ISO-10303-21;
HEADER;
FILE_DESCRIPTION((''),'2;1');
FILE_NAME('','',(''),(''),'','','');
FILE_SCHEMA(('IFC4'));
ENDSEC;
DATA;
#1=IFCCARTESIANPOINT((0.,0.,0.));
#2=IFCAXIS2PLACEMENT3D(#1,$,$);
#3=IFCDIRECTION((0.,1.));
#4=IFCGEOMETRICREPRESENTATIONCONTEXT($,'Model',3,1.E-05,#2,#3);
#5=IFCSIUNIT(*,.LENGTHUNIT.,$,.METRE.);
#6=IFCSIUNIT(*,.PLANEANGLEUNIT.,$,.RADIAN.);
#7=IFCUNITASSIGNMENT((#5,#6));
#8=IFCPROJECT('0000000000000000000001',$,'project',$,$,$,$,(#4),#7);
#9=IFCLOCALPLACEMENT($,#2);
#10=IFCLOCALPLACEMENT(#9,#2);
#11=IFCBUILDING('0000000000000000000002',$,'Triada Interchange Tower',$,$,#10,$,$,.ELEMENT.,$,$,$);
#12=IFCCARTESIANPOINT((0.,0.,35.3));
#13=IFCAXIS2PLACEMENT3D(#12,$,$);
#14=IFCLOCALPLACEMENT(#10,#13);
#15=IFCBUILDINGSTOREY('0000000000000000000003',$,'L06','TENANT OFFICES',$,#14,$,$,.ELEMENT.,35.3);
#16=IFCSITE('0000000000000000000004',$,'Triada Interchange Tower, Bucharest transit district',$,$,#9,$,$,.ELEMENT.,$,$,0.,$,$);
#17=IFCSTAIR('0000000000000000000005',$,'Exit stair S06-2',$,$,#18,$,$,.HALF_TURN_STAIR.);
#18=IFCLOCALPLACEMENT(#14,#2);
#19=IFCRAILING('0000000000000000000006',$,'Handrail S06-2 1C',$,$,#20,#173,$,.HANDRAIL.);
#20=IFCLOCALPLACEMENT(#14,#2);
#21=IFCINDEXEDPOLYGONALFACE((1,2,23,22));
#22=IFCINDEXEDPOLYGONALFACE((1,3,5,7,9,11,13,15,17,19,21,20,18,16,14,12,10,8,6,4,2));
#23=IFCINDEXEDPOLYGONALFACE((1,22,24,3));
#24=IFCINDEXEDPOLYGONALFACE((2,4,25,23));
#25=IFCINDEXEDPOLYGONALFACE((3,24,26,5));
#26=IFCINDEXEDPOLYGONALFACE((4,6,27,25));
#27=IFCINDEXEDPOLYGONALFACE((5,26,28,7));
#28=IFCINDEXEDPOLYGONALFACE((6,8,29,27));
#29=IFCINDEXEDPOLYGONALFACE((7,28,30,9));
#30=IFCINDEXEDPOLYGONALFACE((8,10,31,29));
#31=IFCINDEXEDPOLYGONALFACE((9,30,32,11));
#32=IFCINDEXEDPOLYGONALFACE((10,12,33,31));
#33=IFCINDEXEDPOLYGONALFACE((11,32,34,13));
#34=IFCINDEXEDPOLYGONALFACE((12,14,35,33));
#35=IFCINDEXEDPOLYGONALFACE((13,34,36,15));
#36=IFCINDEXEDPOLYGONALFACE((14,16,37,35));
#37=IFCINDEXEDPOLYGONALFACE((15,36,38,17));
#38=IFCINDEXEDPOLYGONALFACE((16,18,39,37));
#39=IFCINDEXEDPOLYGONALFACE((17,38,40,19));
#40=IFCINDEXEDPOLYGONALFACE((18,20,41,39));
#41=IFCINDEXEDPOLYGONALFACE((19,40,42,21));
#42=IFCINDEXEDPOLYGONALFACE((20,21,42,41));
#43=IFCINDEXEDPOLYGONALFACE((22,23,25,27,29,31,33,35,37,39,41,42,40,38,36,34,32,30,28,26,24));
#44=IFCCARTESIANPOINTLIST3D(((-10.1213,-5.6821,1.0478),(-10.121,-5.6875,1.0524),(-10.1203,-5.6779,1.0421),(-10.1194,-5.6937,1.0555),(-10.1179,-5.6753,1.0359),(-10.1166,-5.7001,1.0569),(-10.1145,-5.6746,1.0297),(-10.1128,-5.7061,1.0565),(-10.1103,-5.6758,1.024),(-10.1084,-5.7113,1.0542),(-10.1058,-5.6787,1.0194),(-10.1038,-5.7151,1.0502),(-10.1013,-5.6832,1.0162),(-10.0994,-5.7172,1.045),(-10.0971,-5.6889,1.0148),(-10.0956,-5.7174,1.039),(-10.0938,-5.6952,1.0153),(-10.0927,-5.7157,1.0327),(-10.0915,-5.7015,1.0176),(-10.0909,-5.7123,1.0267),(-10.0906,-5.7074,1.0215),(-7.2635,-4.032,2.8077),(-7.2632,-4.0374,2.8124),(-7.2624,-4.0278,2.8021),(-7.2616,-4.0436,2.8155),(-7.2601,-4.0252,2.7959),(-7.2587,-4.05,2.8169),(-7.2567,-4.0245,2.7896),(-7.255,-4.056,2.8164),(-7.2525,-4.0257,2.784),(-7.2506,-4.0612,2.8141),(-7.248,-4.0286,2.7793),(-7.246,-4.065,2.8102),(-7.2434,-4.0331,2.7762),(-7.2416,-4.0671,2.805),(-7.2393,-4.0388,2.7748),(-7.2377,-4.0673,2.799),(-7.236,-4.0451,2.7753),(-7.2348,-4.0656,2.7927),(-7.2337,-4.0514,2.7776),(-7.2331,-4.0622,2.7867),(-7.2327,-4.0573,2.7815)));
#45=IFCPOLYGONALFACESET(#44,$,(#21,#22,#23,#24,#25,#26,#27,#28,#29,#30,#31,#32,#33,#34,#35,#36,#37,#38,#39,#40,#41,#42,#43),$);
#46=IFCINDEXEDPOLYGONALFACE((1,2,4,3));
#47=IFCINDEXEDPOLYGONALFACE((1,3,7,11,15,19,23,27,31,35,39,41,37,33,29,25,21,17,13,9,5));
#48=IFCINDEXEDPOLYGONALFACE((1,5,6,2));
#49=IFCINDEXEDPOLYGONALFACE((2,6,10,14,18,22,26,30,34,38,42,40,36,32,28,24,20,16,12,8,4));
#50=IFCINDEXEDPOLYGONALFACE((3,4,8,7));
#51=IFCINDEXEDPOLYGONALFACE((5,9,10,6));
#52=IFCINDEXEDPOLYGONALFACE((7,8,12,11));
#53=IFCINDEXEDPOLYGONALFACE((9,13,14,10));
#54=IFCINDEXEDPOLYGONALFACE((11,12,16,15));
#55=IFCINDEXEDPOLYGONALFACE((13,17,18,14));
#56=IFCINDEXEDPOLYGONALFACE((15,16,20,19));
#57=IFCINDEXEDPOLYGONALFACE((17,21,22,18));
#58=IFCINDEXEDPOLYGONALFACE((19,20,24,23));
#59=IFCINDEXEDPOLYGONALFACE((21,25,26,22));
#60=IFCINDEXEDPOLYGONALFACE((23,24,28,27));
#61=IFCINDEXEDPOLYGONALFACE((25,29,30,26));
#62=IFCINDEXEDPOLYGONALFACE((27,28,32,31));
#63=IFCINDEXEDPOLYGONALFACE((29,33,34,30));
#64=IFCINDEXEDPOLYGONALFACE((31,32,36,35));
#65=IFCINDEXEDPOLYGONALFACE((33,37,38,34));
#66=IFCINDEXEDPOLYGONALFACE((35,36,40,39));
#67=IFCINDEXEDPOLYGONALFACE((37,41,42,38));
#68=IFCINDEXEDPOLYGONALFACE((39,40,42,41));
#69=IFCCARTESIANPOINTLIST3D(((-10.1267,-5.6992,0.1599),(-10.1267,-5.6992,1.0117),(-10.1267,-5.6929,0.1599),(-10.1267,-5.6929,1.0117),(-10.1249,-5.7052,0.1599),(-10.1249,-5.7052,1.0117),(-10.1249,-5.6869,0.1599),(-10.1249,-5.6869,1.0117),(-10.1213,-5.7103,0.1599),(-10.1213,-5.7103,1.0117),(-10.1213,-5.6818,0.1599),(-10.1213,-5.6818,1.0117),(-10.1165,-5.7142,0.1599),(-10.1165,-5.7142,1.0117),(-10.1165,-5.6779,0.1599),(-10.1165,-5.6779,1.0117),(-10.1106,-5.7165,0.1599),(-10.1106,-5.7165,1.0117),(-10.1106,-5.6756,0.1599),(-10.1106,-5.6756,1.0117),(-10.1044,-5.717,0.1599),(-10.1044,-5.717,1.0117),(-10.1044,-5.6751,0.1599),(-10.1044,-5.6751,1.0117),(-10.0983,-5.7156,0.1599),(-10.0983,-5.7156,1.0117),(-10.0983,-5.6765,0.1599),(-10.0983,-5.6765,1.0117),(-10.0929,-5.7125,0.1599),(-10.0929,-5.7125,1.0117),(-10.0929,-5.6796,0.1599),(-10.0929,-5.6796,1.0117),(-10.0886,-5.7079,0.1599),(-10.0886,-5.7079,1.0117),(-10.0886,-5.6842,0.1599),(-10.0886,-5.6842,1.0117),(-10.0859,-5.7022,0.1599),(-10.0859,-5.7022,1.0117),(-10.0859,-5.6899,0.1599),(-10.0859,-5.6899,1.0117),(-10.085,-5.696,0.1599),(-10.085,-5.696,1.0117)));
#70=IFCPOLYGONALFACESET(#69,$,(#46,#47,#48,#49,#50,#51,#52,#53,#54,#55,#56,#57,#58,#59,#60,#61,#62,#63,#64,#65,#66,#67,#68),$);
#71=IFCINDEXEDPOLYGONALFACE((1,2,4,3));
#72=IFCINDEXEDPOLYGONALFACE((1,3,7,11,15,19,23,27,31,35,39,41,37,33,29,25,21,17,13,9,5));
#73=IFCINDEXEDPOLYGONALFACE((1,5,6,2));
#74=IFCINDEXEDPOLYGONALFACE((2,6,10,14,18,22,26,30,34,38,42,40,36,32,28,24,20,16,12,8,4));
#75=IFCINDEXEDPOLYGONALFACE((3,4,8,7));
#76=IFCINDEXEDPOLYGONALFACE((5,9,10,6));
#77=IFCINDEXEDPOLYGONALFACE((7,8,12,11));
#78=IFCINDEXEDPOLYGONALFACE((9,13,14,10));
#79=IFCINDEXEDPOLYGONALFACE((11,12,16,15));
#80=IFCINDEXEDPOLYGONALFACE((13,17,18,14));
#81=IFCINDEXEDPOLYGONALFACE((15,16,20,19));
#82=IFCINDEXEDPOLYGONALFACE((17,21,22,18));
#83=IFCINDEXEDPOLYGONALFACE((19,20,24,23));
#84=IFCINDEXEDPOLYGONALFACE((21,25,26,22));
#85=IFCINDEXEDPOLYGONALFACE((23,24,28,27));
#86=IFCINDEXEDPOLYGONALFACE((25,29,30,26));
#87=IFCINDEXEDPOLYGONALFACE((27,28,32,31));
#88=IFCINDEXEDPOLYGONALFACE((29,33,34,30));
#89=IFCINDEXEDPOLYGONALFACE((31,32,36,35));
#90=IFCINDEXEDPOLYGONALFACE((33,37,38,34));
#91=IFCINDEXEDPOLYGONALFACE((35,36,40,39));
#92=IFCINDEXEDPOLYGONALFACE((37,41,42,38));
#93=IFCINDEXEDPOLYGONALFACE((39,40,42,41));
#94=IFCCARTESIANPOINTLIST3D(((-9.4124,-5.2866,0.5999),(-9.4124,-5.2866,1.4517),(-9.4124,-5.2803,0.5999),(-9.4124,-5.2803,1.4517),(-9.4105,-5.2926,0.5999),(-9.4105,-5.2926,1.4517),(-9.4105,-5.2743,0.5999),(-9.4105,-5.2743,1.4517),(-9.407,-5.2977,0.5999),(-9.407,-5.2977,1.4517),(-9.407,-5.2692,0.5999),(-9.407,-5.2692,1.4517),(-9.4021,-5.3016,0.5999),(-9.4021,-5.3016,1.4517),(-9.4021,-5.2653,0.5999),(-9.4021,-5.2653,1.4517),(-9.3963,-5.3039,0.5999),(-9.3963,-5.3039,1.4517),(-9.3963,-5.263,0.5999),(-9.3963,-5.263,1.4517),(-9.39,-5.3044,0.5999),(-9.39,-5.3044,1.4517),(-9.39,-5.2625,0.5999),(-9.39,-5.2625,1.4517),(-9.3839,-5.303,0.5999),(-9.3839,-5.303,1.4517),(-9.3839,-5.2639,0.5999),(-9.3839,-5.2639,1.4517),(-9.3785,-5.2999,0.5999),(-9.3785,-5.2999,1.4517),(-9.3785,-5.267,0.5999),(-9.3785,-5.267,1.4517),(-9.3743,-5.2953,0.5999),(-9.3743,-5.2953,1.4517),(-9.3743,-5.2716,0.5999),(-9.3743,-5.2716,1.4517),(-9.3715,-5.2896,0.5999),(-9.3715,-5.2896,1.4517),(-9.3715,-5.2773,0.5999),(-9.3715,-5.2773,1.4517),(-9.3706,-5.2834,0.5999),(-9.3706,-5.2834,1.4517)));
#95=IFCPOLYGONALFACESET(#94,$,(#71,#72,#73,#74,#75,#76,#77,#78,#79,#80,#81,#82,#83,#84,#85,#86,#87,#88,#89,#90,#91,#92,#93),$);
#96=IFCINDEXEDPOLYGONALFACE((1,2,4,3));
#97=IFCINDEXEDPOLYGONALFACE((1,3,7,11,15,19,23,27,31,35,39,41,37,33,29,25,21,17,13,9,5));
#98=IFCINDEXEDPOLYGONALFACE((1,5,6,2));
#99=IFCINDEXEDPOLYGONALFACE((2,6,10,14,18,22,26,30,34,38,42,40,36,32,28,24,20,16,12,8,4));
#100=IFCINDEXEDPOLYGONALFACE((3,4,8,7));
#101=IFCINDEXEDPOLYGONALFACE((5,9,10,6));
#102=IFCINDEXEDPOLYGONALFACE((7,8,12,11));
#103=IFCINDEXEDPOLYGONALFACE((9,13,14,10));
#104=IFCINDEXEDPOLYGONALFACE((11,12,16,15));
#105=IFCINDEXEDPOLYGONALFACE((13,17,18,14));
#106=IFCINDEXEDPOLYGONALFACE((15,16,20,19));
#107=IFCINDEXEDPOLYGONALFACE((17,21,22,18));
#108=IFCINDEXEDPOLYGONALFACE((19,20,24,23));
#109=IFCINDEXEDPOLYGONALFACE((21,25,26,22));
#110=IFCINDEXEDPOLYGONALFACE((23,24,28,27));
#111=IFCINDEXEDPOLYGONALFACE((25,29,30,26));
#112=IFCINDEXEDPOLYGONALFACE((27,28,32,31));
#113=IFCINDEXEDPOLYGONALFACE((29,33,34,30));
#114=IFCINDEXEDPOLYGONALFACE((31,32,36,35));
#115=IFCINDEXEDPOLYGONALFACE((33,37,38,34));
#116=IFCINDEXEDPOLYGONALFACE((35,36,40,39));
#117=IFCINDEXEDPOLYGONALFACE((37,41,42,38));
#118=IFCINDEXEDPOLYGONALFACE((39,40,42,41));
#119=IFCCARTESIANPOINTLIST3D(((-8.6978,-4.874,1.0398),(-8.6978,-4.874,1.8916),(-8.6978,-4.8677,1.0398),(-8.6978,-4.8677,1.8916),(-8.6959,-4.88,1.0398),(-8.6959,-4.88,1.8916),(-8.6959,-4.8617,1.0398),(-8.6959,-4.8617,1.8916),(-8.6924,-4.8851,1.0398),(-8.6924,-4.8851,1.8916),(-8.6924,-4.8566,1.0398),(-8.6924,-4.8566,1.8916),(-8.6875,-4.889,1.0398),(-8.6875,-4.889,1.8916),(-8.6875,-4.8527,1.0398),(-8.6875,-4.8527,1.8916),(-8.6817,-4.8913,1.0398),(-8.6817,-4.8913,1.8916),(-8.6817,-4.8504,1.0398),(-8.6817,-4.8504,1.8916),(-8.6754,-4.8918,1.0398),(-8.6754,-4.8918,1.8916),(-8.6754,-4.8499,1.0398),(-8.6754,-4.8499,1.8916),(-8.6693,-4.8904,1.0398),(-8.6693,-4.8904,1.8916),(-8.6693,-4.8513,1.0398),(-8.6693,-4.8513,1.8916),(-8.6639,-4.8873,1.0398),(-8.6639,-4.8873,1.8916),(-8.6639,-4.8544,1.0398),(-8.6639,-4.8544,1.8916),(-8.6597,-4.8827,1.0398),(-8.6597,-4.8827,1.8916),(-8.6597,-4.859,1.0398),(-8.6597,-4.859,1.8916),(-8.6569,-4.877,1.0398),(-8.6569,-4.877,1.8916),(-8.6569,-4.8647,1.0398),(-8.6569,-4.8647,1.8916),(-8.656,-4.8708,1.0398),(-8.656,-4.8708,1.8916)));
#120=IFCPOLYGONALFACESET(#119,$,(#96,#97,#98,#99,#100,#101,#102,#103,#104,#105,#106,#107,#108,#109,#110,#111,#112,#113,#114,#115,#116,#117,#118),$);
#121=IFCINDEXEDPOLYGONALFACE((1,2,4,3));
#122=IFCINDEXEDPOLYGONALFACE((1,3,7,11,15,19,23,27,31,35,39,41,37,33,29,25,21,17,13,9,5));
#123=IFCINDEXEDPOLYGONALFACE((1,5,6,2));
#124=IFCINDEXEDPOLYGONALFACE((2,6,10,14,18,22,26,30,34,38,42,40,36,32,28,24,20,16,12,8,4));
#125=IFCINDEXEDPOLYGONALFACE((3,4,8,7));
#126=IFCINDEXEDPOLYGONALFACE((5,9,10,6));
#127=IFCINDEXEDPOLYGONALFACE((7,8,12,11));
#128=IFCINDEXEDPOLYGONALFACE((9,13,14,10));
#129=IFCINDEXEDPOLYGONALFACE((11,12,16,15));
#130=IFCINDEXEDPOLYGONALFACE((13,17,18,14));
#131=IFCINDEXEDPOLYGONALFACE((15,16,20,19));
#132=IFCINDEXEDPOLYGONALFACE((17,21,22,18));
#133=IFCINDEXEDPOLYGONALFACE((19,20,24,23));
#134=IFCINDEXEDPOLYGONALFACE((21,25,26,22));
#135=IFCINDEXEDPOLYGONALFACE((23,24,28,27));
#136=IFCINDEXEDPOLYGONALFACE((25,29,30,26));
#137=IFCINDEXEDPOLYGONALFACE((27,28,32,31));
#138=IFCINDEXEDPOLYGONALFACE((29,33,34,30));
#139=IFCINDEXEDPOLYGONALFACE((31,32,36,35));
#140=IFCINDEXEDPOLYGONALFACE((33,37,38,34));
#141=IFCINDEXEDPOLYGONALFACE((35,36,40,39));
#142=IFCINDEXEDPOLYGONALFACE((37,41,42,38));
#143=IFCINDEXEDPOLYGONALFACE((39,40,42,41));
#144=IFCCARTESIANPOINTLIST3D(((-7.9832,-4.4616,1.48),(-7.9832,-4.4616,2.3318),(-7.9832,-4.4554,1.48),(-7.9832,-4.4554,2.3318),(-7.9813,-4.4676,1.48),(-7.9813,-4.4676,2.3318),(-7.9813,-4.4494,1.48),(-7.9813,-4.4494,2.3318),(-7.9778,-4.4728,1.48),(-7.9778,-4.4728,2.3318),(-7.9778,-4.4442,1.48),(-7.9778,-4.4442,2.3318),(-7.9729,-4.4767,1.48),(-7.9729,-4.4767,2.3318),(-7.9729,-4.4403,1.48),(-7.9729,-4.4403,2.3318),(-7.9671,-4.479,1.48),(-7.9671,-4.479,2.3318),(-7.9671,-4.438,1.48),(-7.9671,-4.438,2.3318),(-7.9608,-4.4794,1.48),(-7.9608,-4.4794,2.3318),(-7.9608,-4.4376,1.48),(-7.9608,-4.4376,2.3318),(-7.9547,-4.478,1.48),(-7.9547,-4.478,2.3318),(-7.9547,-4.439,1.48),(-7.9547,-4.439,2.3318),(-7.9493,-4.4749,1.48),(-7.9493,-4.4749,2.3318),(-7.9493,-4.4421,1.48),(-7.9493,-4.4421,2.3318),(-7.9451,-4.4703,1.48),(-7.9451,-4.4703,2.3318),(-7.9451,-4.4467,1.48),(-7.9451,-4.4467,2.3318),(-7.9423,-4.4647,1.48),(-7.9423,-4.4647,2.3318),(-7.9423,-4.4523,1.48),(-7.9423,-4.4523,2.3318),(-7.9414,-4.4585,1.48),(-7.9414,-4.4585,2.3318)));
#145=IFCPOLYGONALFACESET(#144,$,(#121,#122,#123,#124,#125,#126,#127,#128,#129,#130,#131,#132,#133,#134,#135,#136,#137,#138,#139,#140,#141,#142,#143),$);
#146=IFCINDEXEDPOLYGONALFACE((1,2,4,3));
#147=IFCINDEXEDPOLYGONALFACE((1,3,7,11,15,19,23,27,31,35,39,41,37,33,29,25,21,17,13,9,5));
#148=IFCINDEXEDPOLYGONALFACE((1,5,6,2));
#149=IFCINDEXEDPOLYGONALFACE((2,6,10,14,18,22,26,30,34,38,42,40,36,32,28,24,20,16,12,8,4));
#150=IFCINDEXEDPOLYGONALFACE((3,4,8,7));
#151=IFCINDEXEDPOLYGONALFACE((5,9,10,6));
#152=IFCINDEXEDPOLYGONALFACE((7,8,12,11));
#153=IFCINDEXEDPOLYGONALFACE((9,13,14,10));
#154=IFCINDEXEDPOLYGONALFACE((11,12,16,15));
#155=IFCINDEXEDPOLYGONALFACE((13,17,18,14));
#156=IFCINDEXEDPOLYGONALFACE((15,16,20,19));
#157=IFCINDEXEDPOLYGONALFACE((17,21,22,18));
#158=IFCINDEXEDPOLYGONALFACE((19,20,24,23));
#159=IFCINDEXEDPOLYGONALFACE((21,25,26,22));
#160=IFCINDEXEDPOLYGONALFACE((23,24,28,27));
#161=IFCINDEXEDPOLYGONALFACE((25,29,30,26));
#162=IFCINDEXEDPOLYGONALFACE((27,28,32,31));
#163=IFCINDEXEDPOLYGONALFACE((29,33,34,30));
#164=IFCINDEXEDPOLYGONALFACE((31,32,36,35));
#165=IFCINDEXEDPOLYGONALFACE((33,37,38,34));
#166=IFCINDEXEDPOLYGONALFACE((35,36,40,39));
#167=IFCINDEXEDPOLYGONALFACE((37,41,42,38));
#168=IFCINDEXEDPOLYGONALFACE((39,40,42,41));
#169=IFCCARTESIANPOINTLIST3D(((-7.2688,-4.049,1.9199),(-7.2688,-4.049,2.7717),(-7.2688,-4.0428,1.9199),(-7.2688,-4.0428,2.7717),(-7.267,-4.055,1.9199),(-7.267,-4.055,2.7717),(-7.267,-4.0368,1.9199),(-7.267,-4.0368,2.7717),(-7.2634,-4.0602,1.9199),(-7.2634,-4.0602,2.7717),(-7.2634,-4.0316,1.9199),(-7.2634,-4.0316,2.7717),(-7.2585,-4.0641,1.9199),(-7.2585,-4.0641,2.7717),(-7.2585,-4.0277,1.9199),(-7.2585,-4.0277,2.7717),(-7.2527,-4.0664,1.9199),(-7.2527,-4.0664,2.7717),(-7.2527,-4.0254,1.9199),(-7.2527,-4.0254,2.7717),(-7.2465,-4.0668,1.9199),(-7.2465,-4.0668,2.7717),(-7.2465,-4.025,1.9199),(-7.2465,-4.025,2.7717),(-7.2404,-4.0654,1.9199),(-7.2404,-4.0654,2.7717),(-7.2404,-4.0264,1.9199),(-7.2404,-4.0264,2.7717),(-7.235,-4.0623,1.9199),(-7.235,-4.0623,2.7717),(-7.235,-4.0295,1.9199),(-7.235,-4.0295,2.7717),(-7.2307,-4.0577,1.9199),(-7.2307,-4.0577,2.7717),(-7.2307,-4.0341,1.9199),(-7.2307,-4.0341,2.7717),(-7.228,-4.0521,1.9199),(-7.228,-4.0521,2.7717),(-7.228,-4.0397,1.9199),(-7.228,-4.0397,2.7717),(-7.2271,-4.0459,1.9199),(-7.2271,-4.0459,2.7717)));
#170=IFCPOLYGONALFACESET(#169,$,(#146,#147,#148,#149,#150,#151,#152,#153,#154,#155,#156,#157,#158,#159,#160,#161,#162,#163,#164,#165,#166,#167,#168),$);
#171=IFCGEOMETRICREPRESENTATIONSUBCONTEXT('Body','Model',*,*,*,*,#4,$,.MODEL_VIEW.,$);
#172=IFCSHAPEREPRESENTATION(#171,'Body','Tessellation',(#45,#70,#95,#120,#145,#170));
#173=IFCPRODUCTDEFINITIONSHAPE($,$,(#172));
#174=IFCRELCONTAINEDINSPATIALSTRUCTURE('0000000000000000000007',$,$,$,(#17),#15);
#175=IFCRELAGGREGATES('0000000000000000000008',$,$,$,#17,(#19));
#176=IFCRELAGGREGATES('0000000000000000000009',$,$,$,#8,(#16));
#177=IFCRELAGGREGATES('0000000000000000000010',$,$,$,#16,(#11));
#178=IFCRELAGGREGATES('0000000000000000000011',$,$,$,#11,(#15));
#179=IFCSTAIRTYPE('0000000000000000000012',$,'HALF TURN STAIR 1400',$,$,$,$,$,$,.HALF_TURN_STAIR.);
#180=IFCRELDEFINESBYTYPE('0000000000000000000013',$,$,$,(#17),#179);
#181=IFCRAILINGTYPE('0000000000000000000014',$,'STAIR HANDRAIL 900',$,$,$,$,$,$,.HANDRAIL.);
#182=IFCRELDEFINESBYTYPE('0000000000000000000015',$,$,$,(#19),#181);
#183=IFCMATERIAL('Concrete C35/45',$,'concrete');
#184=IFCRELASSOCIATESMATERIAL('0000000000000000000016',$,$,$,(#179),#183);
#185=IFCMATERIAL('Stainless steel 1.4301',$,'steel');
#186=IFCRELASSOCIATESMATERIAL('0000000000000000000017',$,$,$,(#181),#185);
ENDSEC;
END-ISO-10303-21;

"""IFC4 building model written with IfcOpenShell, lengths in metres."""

from ifc_helpers import new_model, si_unit, direction, frame, origin, origin_2d, place, context, subcontext, project, spatial, circle, extrude, material, type_object, element, aggregate, save


model = new_model("IFC4")

# Units and contexts
model_context = context("Model", 3, precision=1e-05, world=origin(), true_north=direction((0.0, 1.0)))
body_context = subcontext(model_context, "Body", "Model", "MODEL_VIEW")
ifc_project = project(units=[si_unit("LENGTHUNIT", "METRE"), si_unit("PLANEANGLEUNIT", "RADIAN")], contexts=[model_context])

# Site, building, storey
site_placement = place(None, origin())
site = spatial("IfcSite", under=ifc_project, at=site_placement, Name="Triada Interchange Tower, Bucharest transit district", CompositionType="ELEMENT", RefElevation=0.0)
building_placement = place(site_placement, origin())
building = spatial("IfcBuilding", under=site, at=building_placement, Name="Triada Interchange Tower", CompositionType="ELEMENT")
storey_placement = place(building_placement, frame((0.0, 0.0, 35.3)))
storey = spatial("IfcBuildingStorey", under=building, at=storey_placement, Name="L06", Description="TENANT OFFICES", CompositionType="ELEMENT", Elevation=35.3)

# Stair, railing
ifc_material_1 = material(Name="Concrete C35/45", Category="concrete")
stair_type = type_object("IfcStairType", Name="HALF TURN STAIR 1400", PredefinedType="HALF_TURN_STAIR", material=ifc_material_1)
stair_placement = place(storey_placement, origin())
stair = element("IfcStair", 1, at=stair_placement, inside=storey, type_object=stair_type, Name="Exit stair S06-2", PredefinedType="HALF_TURN_STAIR")
ifc_material_2 = material(Name="Stainless steel 1.4301", Category="steel")
railing_type = type_object("IfcRailingType", Name="STAIR HANDRAIL 900", PredefinedType="HANDRAIL", material=ifc_material_2)
railing_1_placement = place(storey_placement, frame((-10.106, -5.696, 0.1599)))
railing_1 = element("IfcRailing", 2, at=railing_1_placement, type_object=railing_type, Name="Handrail S06-2 1C", PredefinedType="HANDRAIL", context=body_context, shape_type="SweptSolid", body=[
    extrude(circle(Radius=0.0239, at=origin_2d()), frame((0.0, 0.0, 0.876), z_axis=(0.764129, 0.441205, 0.47058), x_axis=(-0.50003, 0.866008, 0.0)), (0.0, 0.0, 1.0), 3.74),
    extrude(circle(Radius=0.021, at=origin_2d()), origin(), (0.0, 0.0, 1.0), 0.8518),
    extrude(circle(Radius=0.021, at=origin_2d()), frame((0.7144, 0.4126, 0.4399)), (0.0, 0.0, 1.0), 0.8518),
    extrude(circle(Radius=0.021, at=origin_2d()), frame((1.429, 0.8252, 0.8799)), (0.0, 0.0, 1.0), 0.8518),
    extrude(circle(Radius=0.021, at=origin_2d()), frame((2.1436, 1.2375, 1.3201)), (0.0, 0.0, 1.0), 0.8518),
    extrude(circle(Radius=0.021, at=origin_2d()), frame((2.8579, 1.6501, 1.76)), (0.0, 0.0, 1.0), 0.8518),
])
aggregate(stair, [railing_1])

save(model, "model.ifc")
